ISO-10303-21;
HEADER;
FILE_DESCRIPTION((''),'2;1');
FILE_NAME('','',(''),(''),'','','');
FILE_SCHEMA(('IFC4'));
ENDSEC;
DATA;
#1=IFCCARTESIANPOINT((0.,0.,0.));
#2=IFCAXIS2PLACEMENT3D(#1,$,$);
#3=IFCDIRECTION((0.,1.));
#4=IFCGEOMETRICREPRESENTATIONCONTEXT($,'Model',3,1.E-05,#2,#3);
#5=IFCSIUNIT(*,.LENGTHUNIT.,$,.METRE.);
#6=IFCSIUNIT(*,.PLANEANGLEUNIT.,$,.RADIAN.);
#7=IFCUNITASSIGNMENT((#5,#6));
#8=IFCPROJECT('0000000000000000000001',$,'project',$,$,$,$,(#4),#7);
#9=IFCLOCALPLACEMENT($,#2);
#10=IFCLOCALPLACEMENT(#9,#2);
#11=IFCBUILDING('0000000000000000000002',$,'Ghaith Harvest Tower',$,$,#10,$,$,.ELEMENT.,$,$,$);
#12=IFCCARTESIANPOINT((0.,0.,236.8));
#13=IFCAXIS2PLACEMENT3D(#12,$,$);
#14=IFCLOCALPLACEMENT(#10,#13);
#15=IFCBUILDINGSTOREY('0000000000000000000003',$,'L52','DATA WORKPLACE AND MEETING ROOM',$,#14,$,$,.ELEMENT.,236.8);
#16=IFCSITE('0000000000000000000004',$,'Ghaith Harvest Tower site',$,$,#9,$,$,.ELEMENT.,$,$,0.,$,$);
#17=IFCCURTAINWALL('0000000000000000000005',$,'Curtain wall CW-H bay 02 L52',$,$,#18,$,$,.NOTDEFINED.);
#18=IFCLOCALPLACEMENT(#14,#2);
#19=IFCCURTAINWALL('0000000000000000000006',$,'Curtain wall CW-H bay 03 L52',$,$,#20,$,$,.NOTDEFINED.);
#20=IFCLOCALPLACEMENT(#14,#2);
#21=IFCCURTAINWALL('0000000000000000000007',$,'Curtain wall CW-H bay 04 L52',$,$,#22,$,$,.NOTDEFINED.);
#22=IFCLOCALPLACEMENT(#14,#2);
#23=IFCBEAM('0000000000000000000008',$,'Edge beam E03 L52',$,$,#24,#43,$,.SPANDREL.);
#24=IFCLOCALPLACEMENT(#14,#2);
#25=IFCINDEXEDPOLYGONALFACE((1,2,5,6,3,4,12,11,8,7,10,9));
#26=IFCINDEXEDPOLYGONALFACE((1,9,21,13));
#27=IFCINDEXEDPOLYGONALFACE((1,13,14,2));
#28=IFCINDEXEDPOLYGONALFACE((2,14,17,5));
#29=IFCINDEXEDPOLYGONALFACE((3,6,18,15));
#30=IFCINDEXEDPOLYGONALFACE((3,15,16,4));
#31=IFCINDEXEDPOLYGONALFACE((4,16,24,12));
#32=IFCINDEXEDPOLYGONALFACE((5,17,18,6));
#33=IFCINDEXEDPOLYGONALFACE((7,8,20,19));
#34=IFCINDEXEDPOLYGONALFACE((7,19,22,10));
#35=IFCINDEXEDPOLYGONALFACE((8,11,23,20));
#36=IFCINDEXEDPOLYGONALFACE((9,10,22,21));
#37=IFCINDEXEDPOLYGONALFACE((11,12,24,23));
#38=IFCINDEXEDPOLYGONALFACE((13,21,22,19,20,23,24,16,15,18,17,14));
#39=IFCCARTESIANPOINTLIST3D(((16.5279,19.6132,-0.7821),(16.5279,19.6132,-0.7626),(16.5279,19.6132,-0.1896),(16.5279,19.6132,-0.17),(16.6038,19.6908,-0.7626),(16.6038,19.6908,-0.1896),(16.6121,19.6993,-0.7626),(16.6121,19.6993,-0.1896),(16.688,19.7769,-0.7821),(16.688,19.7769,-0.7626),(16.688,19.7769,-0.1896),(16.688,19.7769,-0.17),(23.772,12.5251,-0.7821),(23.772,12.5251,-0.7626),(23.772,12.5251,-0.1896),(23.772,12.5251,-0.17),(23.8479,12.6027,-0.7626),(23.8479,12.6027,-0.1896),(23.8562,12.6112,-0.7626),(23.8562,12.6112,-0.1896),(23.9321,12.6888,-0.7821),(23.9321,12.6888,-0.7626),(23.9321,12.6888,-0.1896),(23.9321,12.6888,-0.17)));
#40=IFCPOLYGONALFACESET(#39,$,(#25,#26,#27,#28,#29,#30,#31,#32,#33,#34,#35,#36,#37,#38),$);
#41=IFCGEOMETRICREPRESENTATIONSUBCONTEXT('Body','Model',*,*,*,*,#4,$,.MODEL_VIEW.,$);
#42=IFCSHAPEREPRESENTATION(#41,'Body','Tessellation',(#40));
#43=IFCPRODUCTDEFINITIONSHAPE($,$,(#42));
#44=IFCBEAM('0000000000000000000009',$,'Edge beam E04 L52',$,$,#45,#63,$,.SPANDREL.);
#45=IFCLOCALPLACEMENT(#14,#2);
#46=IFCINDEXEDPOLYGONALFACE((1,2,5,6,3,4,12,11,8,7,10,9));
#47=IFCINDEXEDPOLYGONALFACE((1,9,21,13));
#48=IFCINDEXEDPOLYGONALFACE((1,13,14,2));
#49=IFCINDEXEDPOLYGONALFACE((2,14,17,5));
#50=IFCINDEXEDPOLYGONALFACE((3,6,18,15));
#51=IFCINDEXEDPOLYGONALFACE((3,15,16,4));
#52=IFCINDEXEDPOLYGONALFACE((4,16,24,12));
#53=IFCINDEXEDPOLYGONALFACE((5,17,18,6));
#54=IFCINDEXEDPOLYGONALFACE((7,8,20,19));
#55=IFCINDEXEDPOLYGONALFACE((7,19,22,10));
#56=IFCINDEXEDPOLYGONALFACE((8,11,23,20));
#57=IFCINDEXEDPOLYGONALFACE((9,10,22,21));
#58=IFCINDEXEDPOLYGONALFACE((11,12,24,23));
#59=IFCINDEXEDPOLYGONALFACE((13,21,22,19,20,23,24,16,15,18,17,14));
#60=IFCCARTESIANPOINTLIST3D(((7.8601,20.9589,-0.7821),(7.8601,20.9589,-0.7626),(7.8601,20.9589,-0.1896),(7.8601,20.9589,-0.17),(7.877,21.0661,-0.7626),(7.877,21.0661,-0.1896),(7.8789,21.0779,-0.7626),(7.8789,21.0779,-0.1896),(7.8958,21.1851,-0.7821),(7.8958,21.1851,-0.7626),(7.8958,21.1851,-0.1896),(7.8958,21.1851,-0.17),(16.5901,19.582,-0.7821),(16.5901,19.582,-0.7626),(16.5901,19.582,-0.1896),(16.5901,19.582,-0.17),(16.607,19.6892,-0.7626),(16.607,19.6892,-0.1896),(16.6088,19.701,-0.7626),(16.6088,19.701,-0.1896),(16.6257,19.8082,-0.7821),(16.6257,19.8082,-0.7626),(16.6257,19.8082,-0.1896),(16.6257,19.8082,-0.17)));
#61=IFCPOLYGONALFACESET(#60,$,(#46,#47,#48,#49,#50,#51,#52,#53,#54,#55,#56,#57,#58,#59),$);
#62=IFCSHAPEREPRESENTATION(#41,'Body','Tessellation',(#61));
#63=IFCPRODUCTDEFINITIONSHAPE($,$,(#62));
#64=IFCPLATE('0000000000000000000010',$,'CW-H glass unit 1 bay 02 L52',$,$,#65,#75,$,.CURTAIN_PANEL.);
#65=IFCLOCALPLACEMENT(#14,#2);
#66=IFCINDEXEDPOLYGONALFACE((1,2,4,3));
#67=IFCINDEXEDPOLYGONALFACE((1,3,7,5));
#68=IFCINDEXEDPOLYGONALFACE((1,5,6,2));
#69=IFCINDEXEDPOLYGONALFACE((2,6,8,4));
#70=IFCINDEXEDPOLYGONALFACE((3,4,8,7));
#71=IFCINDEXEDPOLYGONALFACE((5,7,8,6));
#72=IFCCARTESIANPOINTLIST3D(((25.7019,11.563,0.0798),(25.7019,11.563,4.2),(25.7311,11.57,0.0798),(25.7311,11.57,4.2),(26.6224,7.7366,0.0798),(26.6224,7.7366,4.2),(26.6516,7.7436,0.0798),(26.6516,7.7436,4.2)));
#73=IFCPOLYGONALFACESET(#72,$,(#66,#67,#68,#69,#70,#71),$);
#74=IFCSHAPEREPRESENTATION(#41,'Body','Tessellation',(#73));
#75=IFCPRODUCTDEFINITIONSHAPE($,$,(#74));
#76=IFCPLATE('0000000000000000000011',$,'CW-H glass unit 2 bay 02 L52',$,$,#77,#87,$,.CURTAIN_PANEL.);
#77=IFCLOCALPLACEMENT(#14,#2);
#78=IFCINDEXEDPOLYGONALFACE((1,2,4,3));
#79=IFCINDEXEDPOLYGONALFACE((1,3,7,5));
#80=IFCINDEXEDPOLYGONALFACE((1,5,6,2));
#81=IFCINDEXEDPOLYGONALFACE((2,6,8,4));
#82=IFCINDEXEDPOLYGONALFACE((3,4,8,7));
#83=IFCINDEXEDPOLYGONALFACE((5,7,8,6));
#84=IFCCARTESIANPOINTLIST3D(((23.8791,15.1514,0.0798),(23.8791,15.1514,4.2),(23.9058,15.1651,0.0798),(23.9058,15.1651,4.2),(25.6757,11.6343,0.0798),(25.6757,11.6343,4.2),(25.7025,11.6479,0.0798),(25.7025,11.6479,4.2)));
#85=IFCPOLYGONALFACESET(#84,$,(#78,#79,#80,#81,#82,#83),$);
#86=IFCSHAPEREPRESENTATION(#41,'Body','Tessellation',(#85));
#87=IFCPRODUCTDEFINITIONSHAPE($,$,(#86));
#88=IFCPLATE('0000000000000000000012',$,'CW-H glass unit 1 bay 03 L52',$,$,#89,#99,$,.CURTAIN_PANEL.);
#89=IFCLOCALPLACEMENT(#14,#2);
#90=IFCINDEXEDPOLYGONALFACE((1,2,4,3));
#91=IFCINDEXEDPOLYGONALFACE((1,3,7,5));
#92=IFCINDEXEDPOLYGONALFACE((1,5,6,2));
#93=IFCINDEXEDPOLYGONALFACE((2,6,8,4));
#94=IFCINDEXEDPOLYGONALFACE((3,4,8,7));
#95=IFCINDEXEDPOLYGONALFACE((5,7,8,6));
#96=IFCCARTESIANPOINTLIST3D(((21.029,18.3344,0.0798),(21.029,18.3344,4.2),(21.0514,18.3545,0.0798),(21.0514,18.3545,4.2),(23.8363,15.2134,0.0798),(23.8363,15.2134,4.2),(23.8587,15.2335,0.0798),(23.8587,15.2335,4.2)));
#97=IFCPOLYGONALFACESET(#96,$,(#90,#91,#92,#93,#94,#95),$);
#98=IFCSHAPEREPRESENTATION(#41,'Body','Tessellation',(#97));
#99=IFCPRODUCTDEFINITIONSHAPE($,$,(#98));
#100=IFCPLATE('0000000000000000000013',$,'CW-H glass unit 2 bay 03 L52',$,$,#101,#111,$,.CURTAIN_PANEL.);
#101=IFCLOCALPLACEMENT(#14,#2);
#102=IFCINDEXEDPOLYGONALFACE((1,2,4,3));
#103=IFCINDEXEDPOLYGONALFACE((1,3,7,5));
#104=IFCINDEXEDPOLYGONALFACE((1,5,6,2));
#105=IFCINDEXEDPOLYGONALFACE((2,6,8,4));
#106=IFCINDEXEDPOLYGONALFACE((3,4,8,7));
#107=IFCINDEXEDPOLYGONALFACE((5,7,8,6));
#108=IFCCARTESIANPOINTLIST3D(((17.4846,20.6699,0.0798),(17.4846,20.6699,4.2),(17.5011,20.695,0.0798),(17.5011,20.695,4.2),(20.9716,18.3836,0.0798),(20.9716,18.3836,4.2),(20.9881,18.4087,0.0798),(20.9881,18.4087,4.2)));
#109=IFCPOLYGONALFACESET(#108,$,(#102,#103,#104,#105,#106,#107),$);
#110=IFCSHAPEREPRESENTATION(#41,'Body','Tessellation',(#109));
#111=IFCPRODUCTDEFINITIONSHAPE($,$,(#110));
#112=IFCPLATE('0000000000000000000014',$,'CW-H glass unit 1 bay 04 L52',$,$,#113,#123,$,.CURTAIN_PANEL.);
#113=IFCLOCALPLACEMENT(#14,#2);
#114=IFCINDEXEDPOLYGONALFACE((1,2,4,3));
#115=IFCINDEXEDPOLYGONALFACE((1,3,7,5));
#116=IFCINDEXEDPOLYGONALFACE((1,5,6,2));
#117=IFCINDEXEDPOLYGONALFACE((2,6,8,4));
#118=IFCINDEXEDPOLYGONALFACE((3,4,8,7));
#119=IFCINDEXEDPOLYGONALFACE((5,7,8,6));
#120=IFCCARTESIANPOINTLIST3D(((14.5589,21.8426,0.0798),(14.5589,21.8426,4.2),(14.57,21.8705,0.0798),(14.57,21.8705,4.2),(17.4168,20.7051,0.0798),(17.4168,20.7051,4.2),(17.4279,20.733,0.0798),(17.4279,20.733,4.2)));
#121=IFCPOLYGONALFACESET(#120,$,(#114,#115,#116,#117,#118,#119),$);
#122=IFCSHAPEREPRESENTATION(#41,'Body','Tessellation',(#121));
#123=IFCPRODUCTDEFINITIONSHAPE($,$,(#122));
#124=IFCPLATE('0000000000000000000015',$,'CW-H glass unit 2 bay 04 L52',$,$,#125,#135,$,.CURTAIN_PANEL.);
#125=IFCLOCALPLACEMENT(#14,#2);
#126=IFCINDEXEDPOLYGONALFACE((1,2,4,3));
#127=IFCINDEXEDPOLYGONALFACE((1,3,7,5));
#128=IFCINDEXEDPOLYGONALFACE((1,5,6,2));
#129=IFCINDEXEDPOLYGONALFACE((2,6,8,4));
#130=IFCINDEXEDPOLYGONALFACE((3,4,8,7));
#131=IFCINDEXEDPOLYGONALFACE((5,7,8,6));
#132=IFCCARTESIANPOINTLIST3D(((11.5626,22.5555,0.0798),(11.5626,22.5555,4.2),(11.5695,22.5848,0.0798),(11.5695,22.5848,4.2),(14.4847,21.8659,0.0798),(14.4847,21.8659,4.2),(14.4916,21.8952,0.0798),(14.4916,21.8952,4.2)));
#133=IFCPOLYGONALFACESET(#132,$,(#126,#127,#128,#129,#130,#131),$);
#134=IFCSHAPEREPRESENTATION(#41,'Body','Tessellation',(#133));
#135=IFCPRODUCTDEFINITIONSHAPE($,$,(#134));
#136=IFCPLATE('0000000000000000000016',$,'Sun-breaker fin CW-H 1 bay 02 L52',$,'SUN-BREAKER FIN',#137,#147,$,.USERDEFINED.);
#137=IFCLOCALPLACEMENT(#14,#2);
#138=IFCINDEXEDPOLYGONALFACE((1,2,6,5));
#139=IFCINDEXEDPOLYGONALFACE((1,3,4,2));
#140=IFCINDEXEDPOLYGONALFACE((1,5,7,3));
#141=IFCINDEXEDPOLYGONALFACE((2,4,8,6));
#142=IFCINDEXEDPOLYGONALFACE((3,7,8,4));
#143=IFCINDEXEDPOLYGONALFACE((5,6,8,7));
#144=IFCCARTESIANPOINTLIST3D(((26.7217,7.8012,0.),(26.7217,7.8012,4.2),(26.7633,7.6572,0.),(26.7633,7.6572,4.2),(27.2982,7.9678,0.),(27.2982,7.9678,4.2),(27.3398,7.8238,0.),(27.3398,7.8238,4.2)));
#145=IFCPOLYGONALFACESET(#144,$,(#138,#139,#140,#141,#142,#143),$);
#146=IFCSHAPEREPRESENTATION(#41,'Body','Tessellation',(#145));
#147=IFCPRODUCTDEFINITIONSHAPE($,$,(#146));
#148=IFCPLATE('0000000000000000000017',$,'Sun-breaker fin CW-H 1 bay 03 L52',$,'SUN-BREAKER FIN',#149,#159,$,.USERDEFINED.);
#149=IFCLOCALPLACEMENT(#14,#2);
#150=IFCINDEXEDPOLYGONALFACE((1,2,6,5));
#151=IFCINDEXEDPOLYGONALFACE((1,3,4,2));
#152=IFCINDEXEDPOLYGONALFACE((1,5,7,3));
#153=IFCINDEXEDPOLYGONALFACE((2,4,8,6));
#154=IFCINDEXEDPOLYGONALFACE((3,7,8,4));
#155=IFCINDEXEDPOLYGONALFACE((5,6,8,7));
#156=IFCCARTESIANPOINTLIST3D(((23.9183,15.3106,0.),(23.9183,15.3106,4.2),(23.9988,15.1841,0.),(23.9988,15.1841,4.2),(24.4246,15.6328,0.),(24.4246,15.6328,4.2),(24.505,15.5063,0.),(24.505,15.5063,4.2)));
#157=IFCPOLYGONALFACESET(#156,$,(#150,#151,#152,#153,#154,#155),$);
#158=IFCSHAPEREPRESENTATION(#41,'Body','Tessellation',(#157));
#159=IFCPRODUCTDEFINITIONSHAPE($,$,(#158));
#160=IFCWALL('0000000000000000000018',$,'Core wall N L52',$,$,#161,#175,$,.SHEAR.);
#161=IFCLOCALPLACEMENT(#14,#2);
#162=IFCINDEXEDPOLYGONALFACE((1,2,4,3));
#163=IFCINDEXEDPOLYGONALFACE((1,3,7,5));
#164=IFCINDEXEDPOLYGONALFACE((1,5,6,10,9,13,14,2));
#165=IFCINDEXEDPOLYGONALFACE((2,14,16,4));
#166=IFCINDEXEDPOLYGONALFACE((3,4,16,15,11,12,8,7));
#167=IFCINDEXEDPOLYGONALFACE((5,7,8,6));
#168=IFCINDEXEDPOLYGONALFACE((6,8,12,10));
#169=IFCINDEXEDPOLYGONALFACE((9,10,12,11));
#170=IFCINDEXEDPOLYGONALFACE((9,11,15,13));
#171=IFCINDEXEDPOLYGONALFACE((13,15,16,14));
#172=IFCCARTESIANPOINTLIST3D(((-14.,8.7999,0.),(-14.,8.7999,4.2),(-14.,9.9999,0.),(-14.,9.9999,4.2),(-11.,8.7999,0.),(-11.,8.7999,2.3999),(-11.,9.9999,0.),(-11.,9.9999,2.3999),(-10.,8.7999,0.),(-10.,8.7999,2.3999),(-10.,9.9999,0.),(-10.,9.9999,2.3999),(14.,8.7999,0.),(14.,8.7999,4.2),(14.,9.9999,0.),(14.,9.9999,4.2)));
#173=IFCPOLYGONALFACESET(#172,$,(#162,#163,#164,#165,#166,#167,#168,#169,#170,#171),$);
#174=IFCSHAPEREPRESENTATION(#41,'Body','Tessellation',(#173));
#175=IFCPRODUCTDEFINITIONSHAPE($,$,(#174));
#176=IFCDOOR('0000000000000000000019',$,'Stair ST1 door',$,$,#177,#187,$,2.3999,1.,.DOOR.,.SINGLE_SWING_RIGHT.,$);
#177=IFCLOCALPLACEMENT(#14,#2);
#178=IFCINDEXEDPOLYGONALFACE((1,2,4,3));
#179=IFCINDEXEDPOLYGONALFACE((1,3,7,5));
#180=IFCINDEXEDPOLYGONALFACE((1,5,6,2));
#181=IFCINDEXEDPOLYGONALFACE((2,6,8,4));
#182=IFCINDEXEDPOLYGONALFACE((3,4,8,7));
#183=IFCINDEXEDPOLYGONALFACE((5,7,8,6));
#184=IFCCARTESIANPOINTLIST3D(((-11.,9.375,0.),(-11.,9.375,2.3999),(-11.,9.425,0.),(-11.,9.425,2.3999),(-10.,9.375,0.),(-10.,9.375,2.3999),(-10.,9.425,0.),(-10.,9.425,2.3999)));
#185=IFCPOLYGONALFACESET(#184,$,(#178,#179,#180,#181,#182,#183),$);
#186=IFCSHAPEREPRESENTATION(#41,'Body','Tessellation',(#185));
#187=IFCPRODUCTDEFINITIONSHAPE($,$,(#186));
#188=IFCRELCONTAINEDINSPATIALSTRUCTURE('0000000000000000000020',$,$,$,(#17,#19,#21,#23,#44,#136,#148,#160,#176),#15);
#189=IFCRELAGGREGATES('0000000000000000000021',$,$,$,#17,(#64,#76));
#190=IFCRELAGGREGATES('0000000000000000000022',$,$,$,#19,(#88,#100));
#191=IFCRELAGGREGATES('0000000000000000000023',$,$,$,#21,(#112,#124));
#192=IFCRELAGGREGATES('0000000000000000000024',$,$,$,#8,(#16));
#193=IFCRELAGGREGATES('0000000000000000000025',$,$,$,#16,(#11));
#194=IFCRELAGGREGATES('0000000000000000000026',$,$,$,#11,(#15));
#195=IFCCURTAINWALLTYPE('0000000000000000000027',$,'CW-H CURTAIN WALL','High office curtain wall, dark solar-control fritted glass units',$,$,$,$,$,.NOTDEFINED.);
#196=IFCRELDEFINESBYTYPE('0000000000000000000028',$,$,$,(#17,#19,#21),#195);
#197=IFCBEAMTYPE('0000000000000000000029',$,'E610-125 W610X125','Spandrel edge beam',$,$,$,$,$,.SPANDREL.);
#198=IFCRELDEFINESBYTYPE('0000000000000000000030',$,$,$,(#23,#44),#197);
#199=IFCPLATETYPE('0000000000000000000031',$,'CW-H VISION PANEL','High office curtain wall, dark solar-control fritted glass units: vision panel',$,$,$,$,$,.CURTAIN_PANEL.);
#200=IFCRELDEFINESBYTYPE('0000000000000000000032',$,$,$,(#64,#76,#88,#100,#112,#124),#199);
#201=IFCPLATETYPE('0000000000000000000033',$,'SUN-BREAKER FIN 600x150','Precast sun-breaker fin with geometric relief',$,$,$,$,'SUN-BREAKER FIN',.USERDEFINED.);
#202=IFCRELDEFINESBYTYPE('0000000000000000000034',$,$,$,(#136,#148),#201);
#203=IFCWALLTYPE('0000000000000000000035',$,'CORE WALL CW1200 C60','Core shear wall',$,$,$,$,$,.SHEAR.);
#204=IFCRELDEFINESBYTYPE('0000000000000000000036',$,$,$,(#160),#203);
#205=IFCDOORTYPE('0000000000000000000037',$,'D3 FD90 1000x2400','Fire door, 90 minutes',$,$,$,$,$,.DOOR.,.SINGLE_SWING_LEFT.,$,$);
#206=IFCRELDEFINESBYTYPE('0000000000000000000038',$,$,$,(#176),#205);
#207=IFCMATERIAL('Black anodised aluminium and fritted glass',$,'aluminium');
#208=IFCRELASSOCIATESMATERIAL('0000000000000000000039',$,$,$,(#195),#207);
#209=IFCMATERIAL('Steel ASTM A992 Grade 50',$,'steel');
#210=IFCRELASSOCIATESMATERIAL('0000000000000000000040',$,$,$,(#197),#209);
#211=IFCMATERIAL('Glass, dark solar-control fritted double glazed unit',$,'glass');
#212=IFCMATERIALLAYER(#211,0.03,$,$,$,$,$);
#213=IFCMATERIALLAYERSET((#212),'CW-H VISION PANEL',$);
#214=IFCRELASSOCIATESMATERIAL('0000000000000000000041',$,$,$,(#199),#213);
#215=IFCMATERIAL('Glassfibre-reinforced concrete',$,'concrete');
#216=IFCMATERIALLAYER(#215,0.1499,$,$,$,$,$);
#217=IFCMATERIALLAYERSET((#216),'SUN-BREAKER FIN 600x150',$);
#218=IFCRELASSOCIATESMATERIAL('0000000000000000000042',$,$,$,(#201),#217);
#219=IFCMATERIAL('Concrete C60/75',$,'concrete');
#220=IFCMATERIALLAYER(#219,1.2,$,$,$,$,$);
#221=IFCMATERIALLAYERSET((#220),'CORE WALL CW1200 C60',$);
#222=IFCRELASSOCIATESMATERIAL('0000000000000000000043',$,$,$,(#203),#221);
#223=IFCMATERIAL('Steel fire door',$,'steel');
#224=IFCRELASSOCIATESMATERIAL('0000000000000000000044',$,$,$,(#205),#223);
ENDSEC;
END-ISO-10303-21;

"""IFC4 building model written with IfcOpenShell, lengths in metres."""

from ifc_helpers import new_model, si_unit, direction, frame, frame_2d, origin, origin_2d, place, context, subcontext, project, spatial, rectangle, i_section, extrude, material, layer, layer_set, material_profile, profile_set, type_object, element, fill, aggregate, save


model = new_model("IFC4")

# Units and contexts
model_context = context("Model", 3, precision=1e-05, world=origin(), true_north=direction((0.0, 1.0)))
body_context = subcontext(model_context, "Body", "Model", "MODEL_VIEW")
ifc_project = project(units=[si_unit("LENGTHUNIT", "METRE"), si_unit("PLANEANGLEUNIT", "RADIAN")], contexts=[model_context])

# Site, building, storey
site_placement = place(None, origin())
site = spatial("IfcSite", under=ifc_project, at=site_placement, Name="Ghaith Harvest Tower site", CompositionType="ELEMENT", RefElevation=0.0)
building_placement = place(site_placement, origin())
building = spatial("IfcBuilding", under=site, at=building_placement, Name="Ghaith Harvest Tower", CompositionType="ELEMENT")
storey_placement = place(building_placement, frame((0.0, 0.0, 236.8)))
storey = spatial("IfcBuildingStorey", under=building, at=storey_placement, Name="L52", Description="DATA WORKPLACE AND MEETING ROOM", CompositionType="ELEMENT", Elevation=236.8)

# Curtain wall
ifc_material_1 = material(Name="Black anodised aluminium and fritted glass", Category="aluminium")
curtain_wall_type = type_object("IfcCurtainWallType", Name="CW-H CURTAIN WALL", Description="High office curtain wall, dark solar-control fritted glass units", PredefinedType="NOTDEFINED", material=ifc_material_1)
curtain_wall_1_placement = place(storey_placement, origin())
curtain_wall_1 = element("IfcCurtainWall", 1, at=curtain_wall_1_placement, inside=storey, type_object=curtain_wall_type, Name="Curtain wall CW-H bay 02 L52", PredefinedType="NOTDEFINED")

# Curtain walls
curtain_wall_2_placement = place(storey_placement, origin())
curtain_wall_2 = element("IfcCurtainWall", 2, at=curtain_wall_2_placement, inside=storey, type_object=curtain_wall_type, Name="Curtain wall CW-H bay 03 L52", PredefinedType="NOTDEFINED")
curtain_wall_3_placement = place(storey_placement, origin())
curtain_wall_3 = element("IfcCurtainWall", 3, at=curtain_wall_3_placement, inside=storey, type_object=curtain_wall_type, Name="Curtain wall CW-H bay 04 L52", PredefinedType="NOTDEFINED")

# Beams
ifc_material_2 = material(Name="Steel ASTM A992 Grade 50", Category="steel")
ifc_material_profile_1 = material_profile(ifc_material_2, i_section(OverallWidth=0.229, OverallDepth=0.6121, WebThickness=0.012, FlangeThickness=0.0195, at=origin_2d()), Name="W610X125")
ifc_profile_set_1 = profile_set([ifc_material_profile_1], Name="Steel ASTM A992 Grade 50")
beam_type = type_object("IfcBeamType", Name="E610-125 W610X125", Description="Spandrel edge beam", PredefinedType="SPANDREL", material=ifc_profile_set_1)
beam_1_placement = place(storey_placement, frame((23.8521, 12.6069, -0.4761), z_axis=(-0.714761, 0.699369, 0.0), x_axis=(-0.699369, -0.714761, 0.0)))
element("IfcBeam", 4, at=beam_1_placement, inside=storey, type_object=beam_type, Name="Edge beam E03 L52", PredefinedType="SPANDREL", context=body_context, shape_type="SweptSolid", body=[
    extrude(i_section(OverallWidth=0.229, OverallDepth=0.6121, WebThickness=0.012, FlangeThickness=0.0195, at=origin_2d()), origin(), (0.0, 0.0, 1.0), 10.135),
])
beam_2_placement = place(storey_placement, frame((16.6079, 19.6951, -0.4761), z_axis=(-0.987788, 0.155801, 0.0), x_axis=(-0.155801, -0.987788, 0.0)))
element("IfcBeam", 5, at=beam_2_placement, inside=storey, type_object=beam_type, Name="Edge beam E04 L52", PredefinedType="SPANDREL", context=body_context, shape_type="SweptSolid", body=[
    extrude(i_section(OverallWidth=0.229, OverallDepth=0.6121, WebThickness=0.012, FlangeThickness=0.0195, at=origin_2d()), origin(), (0.0, 0.0, 1.0), 8.8379),
])

# Plates
ifc_material_3 = material(Name="Glass, dark solar-control fritted double glazed unit", Category="glass")
ifc_layer_1 = layer(ifc_material_3, 0.03)
ifc_layer_set_1 = layer_set([ifc_layer_1], Name="CW-H VISION PANEL")
plate_type_1 = type_object("IfcPlateType", Name="CW-H VISION PANEL", Description="High office curtain wall, dark solar-control fritted glass units: vision panel", PredefinedType="CURTAIN_PANEL", material=ifc_layer_set_1)
plate_1_placement = place(storey_placement, frame((26.1768, 9.6533, 0.0798), z_axis=(0.0, 0.0, 1.0), x_axis=(-0.233894, 0.972262, 0.0)))
plate_1 = element("IfcPlate", 6, at=plate_1_placement, type_object=plate_type_1, Name="CW-H glass unit 1 bay 02 L52", PredefinedType="CURTAIN_PANEL", context=body_context, shape_type="SweptSolid", body=[
    extrude(rectangle(XDim=3.9355, YDim=0.03, at=origin_2d()), origin(), (0.0, 0.0, 1.0), 4.1201),
])
plate_2_placement = place(storey_placement, frame((24.7908, 13.3997, 0.0798), z_axis=(0.0, 0.0, 1.0), x_axis=(-0.454915, 0.890535, 0.0)))
plate_2 = element("IfcPlate", 7, at=plate_2_placement, type_object=plate_type_1, Name="CW-H glass unit 2 bay 02 L52", PredefinedType="CURTAIN_PANEL", context=body_context, shape_type="SweptSolid", body=[
    extrude(rectangle(XDim=3.9495, YDim=0.03, at=origin_2d()), origin(), (0.0, 0.0, 1.0), 4.1201),
])
aggregate(curtain_wall_1, [plate_1, plate_2])
plate_3_placement = place(storey_placement, frame((22.4438, 16.7839, 0.0798), z_axis=(0.0, 0.0, 1.0), x_axis=(-0.668758, 0.74348, 0.0)))
plate_3 = element("IfcPlate", 8, at=plate_3_placement, type_object=plate_type_1, Name="CW-H glass unit 1 bay 03 L52", PredefinedType="CURTAIN_PANEL", context=body_context, shape_type="SweptSolid", body=[
    extrude(rectangle(XDim=4.1978, YDim=0.03, at=origin_2d()), origin(), (0.0, 0.0, 1.0), 4.1201),
])
plate_4_placement = place(storey_placement, frame((19.2363, 19.5393, 0.0798), z_axis=(0.0, 0.0, 1.0), x_axis=(-0.836277, 0.548308, 0.0)))
plate_4 = element("IfcPlate", 9, at=plate_4_placement, type_object=plate_type_1, Name="CW-H glass unit 2 bay 03 L52", PredefinedType="CURTAIN_PANEL", context=body_context, shape_type="SweptSolid", body=[
    extrude(rectangle(XDim=4.1697, YDim=0.03, at=origin_2d()), origin(), (0.0, 0.0, 1.0), 4.1201),
])
aggregate(curtain_wall_2, [plate_3, plate_4])
plate_5_placement = place(storey_placement, frame((15.9934, 21.2878, 0.0798), z_axis=(0.0, 0.0, 1.0), x_axis=(-0.929107, 0.36981, 0.0)))
plate_5 = element("IfcPlate", 10, at=plate_5_placement, type_object=plate_type_1, Name="CW-H glass unit 1 bay 04 L52", PredefinedType="CURTAIN_PANEL", context=body_context, shape_type="SweptSolid", body=[
    extrude(rectangle(XDim=3.0759, YDim=0.03, at=origin_2d()), origin(), (0.0, 0.0, 1.0), 4.1201),
])
plate_6_placement = place(storey_placement, frame((13.0271, 22.2253, 0.0798), z_axis=(0.0, 0.0, 1.0), x_axis=(-0.973266, 0.22968, 0.0)))
plate_6 = element("IfcPlate", 11, at=plate_6_placement, type_object=plate_type_1, Name="CW-H glass unit 2 bay 04 L52", PredefinedType="CURTAIN_PANEL", context=body_context, shape_type="SweptSolid", body=[
    extrude(rectangle(XDim=3.0024, YDim=0.03, at=origin_2d()), origin(), (0.0, 0.0, 1.0), 4.1201),
])
aggregate(curtain_wall_3, [plate_5, plate_6])

# Plates
ifc_material_4 = material(Name="Glassfibre-reinforced concrete", Category="concrete")
ifc_layer_2 = layer(ifc_material_4, 0.1499)
ifc_layer_set_2 = layer_set([ifc_layer_2], Name="SUN-BREAKER FIN 600x150")
plate_type_2 = type_object("IfcPlateType", Name="SUN-BREAKER FIN 600x150", Description="Precast sun-breaker fin with geometric relief", ElementType="SUN-BREAKER FIN", PredefinedType="USERDEFINED", material=ifc_layer_set_2)
for number, where, z_axis, x_axis, name in (
    (12, (27.0308, 7.8125, 0.0), (0.0, 0.0, 1.0), (0.96068, 0.277657, 0.0), "Sun-breaker fin CW-H 1 bay 02 L52"),
    (13, (24.2117, 15.4084, 0.0), (0.0, 0.0, 1.0), (0.843644, 0.536903, 0.0), "Sun-breaker fin CW-H 1 bay 03 L52"),
):
    element("IfcPlate", number, at=place(storey_placement, frame(where, z_axis=z_axis, x_axis=x_axis)), inside=storey, type_object=plate_type_2, Name=name, ObjectType="SUN-BREAKER FIN", PredefinedType="USERDEFINED", context=body_context, shape_type="SweptSolid", body=[
        extrude(rectangle(XDim=0.6001, YDim=0.1499, at=origin_2d()), origin(), (0.0, 0.0, 1.0), 4.2),
    ])

# Wall, opening, door
ifc_material_5 = material(Name="Concrete C60/75", Category="concrete")
ifc_layer_3 = layer(ifc_material_5, 1.2)
ifc_layer_set_3 = layer_set([ifc_layer_3], Name="CORE WALL CW1200 C60")
wall_type_1 = type_object("IfcWallType", Name="CORE WALL CW1200 C60", Description="Core shear wall", PredefinedType="SHEAR", material=ifc_layer_set_3)
wall_1_placement = place(storey_placement, frame((14.0, 9.3999, 0.0), z_axis=(0.0, 0.0, 1.0), x_axis=(-1.0, 0.0, 0.0)))
wall_1 = element("IfcWall", 14, at=wall_1_placement, inside=storey, type_object=wall_type_1, Name="Core wall N L52", PredefinedType="SHEAR", context=body_context, shape_type="SweptSolid", body=[
    extrude(rectangle(XDim=28.0, YDim=1.2, at=frame_2d((14.0, 0.0))), origin(), (0.0, 0.0, 1.0), 4.2),
])
opening_placement = place(wall_1_placement, frame((24.0, 0.0, 0.0)))
opening = element("IfcOpeningElement", 15, at=opening_placement, cuts=wall_1, PredefinedType="OPENING", context=body_context, shape_type="SweptSolid", body=[
    extrude(rectangle(XDim=1.0, YDim=2.3999, at=frame_2d((0.5, 1.2))), frame((0.0, 0.6099, 0.0), z_axis=(0.0, -1.0, 0.0), x_axis=(1.0, 0.0, 0.0)), (0.0, 0.0, 1.0), 1.22),
])
ifc_material_6 = material(Name="Steel fire door", Category="steel")
door_type = type_object("IfcDoorType", Name="D3 FD90 1000x2400", Description="Fire door, 90 minutes", OperationType="SINGLE_SWING_LEFT", PredefinedType="DOOR", material=ifc_material_6)
door_placement = place(opening_placement, origin())
door = element("IfcDoor", 16, at=door_placement, inside=storey, type_object=door_type, Name="Stair ST1 door", OperationType="SINGLE_SWING_RIGHT", OverallHeight=2.3999, OverallWidth=1.0, PredefinedType="DOOR", context=body_context, shape_type="SweptSolid", body=[
    extrude(rectangle(XDim=1.0, YDim=2.3999, at=frame_2d((0.5, 1.2))), frame((0.0, 0.0249, 0.0), z_axis=(0.0, -1.0, 0.0), x_axis=(1.0, 0.0, 0.0)), (0.0, 0.0, 1.0), 0.05),
])
fill(opening, door)

save(model, "model.ifc")
